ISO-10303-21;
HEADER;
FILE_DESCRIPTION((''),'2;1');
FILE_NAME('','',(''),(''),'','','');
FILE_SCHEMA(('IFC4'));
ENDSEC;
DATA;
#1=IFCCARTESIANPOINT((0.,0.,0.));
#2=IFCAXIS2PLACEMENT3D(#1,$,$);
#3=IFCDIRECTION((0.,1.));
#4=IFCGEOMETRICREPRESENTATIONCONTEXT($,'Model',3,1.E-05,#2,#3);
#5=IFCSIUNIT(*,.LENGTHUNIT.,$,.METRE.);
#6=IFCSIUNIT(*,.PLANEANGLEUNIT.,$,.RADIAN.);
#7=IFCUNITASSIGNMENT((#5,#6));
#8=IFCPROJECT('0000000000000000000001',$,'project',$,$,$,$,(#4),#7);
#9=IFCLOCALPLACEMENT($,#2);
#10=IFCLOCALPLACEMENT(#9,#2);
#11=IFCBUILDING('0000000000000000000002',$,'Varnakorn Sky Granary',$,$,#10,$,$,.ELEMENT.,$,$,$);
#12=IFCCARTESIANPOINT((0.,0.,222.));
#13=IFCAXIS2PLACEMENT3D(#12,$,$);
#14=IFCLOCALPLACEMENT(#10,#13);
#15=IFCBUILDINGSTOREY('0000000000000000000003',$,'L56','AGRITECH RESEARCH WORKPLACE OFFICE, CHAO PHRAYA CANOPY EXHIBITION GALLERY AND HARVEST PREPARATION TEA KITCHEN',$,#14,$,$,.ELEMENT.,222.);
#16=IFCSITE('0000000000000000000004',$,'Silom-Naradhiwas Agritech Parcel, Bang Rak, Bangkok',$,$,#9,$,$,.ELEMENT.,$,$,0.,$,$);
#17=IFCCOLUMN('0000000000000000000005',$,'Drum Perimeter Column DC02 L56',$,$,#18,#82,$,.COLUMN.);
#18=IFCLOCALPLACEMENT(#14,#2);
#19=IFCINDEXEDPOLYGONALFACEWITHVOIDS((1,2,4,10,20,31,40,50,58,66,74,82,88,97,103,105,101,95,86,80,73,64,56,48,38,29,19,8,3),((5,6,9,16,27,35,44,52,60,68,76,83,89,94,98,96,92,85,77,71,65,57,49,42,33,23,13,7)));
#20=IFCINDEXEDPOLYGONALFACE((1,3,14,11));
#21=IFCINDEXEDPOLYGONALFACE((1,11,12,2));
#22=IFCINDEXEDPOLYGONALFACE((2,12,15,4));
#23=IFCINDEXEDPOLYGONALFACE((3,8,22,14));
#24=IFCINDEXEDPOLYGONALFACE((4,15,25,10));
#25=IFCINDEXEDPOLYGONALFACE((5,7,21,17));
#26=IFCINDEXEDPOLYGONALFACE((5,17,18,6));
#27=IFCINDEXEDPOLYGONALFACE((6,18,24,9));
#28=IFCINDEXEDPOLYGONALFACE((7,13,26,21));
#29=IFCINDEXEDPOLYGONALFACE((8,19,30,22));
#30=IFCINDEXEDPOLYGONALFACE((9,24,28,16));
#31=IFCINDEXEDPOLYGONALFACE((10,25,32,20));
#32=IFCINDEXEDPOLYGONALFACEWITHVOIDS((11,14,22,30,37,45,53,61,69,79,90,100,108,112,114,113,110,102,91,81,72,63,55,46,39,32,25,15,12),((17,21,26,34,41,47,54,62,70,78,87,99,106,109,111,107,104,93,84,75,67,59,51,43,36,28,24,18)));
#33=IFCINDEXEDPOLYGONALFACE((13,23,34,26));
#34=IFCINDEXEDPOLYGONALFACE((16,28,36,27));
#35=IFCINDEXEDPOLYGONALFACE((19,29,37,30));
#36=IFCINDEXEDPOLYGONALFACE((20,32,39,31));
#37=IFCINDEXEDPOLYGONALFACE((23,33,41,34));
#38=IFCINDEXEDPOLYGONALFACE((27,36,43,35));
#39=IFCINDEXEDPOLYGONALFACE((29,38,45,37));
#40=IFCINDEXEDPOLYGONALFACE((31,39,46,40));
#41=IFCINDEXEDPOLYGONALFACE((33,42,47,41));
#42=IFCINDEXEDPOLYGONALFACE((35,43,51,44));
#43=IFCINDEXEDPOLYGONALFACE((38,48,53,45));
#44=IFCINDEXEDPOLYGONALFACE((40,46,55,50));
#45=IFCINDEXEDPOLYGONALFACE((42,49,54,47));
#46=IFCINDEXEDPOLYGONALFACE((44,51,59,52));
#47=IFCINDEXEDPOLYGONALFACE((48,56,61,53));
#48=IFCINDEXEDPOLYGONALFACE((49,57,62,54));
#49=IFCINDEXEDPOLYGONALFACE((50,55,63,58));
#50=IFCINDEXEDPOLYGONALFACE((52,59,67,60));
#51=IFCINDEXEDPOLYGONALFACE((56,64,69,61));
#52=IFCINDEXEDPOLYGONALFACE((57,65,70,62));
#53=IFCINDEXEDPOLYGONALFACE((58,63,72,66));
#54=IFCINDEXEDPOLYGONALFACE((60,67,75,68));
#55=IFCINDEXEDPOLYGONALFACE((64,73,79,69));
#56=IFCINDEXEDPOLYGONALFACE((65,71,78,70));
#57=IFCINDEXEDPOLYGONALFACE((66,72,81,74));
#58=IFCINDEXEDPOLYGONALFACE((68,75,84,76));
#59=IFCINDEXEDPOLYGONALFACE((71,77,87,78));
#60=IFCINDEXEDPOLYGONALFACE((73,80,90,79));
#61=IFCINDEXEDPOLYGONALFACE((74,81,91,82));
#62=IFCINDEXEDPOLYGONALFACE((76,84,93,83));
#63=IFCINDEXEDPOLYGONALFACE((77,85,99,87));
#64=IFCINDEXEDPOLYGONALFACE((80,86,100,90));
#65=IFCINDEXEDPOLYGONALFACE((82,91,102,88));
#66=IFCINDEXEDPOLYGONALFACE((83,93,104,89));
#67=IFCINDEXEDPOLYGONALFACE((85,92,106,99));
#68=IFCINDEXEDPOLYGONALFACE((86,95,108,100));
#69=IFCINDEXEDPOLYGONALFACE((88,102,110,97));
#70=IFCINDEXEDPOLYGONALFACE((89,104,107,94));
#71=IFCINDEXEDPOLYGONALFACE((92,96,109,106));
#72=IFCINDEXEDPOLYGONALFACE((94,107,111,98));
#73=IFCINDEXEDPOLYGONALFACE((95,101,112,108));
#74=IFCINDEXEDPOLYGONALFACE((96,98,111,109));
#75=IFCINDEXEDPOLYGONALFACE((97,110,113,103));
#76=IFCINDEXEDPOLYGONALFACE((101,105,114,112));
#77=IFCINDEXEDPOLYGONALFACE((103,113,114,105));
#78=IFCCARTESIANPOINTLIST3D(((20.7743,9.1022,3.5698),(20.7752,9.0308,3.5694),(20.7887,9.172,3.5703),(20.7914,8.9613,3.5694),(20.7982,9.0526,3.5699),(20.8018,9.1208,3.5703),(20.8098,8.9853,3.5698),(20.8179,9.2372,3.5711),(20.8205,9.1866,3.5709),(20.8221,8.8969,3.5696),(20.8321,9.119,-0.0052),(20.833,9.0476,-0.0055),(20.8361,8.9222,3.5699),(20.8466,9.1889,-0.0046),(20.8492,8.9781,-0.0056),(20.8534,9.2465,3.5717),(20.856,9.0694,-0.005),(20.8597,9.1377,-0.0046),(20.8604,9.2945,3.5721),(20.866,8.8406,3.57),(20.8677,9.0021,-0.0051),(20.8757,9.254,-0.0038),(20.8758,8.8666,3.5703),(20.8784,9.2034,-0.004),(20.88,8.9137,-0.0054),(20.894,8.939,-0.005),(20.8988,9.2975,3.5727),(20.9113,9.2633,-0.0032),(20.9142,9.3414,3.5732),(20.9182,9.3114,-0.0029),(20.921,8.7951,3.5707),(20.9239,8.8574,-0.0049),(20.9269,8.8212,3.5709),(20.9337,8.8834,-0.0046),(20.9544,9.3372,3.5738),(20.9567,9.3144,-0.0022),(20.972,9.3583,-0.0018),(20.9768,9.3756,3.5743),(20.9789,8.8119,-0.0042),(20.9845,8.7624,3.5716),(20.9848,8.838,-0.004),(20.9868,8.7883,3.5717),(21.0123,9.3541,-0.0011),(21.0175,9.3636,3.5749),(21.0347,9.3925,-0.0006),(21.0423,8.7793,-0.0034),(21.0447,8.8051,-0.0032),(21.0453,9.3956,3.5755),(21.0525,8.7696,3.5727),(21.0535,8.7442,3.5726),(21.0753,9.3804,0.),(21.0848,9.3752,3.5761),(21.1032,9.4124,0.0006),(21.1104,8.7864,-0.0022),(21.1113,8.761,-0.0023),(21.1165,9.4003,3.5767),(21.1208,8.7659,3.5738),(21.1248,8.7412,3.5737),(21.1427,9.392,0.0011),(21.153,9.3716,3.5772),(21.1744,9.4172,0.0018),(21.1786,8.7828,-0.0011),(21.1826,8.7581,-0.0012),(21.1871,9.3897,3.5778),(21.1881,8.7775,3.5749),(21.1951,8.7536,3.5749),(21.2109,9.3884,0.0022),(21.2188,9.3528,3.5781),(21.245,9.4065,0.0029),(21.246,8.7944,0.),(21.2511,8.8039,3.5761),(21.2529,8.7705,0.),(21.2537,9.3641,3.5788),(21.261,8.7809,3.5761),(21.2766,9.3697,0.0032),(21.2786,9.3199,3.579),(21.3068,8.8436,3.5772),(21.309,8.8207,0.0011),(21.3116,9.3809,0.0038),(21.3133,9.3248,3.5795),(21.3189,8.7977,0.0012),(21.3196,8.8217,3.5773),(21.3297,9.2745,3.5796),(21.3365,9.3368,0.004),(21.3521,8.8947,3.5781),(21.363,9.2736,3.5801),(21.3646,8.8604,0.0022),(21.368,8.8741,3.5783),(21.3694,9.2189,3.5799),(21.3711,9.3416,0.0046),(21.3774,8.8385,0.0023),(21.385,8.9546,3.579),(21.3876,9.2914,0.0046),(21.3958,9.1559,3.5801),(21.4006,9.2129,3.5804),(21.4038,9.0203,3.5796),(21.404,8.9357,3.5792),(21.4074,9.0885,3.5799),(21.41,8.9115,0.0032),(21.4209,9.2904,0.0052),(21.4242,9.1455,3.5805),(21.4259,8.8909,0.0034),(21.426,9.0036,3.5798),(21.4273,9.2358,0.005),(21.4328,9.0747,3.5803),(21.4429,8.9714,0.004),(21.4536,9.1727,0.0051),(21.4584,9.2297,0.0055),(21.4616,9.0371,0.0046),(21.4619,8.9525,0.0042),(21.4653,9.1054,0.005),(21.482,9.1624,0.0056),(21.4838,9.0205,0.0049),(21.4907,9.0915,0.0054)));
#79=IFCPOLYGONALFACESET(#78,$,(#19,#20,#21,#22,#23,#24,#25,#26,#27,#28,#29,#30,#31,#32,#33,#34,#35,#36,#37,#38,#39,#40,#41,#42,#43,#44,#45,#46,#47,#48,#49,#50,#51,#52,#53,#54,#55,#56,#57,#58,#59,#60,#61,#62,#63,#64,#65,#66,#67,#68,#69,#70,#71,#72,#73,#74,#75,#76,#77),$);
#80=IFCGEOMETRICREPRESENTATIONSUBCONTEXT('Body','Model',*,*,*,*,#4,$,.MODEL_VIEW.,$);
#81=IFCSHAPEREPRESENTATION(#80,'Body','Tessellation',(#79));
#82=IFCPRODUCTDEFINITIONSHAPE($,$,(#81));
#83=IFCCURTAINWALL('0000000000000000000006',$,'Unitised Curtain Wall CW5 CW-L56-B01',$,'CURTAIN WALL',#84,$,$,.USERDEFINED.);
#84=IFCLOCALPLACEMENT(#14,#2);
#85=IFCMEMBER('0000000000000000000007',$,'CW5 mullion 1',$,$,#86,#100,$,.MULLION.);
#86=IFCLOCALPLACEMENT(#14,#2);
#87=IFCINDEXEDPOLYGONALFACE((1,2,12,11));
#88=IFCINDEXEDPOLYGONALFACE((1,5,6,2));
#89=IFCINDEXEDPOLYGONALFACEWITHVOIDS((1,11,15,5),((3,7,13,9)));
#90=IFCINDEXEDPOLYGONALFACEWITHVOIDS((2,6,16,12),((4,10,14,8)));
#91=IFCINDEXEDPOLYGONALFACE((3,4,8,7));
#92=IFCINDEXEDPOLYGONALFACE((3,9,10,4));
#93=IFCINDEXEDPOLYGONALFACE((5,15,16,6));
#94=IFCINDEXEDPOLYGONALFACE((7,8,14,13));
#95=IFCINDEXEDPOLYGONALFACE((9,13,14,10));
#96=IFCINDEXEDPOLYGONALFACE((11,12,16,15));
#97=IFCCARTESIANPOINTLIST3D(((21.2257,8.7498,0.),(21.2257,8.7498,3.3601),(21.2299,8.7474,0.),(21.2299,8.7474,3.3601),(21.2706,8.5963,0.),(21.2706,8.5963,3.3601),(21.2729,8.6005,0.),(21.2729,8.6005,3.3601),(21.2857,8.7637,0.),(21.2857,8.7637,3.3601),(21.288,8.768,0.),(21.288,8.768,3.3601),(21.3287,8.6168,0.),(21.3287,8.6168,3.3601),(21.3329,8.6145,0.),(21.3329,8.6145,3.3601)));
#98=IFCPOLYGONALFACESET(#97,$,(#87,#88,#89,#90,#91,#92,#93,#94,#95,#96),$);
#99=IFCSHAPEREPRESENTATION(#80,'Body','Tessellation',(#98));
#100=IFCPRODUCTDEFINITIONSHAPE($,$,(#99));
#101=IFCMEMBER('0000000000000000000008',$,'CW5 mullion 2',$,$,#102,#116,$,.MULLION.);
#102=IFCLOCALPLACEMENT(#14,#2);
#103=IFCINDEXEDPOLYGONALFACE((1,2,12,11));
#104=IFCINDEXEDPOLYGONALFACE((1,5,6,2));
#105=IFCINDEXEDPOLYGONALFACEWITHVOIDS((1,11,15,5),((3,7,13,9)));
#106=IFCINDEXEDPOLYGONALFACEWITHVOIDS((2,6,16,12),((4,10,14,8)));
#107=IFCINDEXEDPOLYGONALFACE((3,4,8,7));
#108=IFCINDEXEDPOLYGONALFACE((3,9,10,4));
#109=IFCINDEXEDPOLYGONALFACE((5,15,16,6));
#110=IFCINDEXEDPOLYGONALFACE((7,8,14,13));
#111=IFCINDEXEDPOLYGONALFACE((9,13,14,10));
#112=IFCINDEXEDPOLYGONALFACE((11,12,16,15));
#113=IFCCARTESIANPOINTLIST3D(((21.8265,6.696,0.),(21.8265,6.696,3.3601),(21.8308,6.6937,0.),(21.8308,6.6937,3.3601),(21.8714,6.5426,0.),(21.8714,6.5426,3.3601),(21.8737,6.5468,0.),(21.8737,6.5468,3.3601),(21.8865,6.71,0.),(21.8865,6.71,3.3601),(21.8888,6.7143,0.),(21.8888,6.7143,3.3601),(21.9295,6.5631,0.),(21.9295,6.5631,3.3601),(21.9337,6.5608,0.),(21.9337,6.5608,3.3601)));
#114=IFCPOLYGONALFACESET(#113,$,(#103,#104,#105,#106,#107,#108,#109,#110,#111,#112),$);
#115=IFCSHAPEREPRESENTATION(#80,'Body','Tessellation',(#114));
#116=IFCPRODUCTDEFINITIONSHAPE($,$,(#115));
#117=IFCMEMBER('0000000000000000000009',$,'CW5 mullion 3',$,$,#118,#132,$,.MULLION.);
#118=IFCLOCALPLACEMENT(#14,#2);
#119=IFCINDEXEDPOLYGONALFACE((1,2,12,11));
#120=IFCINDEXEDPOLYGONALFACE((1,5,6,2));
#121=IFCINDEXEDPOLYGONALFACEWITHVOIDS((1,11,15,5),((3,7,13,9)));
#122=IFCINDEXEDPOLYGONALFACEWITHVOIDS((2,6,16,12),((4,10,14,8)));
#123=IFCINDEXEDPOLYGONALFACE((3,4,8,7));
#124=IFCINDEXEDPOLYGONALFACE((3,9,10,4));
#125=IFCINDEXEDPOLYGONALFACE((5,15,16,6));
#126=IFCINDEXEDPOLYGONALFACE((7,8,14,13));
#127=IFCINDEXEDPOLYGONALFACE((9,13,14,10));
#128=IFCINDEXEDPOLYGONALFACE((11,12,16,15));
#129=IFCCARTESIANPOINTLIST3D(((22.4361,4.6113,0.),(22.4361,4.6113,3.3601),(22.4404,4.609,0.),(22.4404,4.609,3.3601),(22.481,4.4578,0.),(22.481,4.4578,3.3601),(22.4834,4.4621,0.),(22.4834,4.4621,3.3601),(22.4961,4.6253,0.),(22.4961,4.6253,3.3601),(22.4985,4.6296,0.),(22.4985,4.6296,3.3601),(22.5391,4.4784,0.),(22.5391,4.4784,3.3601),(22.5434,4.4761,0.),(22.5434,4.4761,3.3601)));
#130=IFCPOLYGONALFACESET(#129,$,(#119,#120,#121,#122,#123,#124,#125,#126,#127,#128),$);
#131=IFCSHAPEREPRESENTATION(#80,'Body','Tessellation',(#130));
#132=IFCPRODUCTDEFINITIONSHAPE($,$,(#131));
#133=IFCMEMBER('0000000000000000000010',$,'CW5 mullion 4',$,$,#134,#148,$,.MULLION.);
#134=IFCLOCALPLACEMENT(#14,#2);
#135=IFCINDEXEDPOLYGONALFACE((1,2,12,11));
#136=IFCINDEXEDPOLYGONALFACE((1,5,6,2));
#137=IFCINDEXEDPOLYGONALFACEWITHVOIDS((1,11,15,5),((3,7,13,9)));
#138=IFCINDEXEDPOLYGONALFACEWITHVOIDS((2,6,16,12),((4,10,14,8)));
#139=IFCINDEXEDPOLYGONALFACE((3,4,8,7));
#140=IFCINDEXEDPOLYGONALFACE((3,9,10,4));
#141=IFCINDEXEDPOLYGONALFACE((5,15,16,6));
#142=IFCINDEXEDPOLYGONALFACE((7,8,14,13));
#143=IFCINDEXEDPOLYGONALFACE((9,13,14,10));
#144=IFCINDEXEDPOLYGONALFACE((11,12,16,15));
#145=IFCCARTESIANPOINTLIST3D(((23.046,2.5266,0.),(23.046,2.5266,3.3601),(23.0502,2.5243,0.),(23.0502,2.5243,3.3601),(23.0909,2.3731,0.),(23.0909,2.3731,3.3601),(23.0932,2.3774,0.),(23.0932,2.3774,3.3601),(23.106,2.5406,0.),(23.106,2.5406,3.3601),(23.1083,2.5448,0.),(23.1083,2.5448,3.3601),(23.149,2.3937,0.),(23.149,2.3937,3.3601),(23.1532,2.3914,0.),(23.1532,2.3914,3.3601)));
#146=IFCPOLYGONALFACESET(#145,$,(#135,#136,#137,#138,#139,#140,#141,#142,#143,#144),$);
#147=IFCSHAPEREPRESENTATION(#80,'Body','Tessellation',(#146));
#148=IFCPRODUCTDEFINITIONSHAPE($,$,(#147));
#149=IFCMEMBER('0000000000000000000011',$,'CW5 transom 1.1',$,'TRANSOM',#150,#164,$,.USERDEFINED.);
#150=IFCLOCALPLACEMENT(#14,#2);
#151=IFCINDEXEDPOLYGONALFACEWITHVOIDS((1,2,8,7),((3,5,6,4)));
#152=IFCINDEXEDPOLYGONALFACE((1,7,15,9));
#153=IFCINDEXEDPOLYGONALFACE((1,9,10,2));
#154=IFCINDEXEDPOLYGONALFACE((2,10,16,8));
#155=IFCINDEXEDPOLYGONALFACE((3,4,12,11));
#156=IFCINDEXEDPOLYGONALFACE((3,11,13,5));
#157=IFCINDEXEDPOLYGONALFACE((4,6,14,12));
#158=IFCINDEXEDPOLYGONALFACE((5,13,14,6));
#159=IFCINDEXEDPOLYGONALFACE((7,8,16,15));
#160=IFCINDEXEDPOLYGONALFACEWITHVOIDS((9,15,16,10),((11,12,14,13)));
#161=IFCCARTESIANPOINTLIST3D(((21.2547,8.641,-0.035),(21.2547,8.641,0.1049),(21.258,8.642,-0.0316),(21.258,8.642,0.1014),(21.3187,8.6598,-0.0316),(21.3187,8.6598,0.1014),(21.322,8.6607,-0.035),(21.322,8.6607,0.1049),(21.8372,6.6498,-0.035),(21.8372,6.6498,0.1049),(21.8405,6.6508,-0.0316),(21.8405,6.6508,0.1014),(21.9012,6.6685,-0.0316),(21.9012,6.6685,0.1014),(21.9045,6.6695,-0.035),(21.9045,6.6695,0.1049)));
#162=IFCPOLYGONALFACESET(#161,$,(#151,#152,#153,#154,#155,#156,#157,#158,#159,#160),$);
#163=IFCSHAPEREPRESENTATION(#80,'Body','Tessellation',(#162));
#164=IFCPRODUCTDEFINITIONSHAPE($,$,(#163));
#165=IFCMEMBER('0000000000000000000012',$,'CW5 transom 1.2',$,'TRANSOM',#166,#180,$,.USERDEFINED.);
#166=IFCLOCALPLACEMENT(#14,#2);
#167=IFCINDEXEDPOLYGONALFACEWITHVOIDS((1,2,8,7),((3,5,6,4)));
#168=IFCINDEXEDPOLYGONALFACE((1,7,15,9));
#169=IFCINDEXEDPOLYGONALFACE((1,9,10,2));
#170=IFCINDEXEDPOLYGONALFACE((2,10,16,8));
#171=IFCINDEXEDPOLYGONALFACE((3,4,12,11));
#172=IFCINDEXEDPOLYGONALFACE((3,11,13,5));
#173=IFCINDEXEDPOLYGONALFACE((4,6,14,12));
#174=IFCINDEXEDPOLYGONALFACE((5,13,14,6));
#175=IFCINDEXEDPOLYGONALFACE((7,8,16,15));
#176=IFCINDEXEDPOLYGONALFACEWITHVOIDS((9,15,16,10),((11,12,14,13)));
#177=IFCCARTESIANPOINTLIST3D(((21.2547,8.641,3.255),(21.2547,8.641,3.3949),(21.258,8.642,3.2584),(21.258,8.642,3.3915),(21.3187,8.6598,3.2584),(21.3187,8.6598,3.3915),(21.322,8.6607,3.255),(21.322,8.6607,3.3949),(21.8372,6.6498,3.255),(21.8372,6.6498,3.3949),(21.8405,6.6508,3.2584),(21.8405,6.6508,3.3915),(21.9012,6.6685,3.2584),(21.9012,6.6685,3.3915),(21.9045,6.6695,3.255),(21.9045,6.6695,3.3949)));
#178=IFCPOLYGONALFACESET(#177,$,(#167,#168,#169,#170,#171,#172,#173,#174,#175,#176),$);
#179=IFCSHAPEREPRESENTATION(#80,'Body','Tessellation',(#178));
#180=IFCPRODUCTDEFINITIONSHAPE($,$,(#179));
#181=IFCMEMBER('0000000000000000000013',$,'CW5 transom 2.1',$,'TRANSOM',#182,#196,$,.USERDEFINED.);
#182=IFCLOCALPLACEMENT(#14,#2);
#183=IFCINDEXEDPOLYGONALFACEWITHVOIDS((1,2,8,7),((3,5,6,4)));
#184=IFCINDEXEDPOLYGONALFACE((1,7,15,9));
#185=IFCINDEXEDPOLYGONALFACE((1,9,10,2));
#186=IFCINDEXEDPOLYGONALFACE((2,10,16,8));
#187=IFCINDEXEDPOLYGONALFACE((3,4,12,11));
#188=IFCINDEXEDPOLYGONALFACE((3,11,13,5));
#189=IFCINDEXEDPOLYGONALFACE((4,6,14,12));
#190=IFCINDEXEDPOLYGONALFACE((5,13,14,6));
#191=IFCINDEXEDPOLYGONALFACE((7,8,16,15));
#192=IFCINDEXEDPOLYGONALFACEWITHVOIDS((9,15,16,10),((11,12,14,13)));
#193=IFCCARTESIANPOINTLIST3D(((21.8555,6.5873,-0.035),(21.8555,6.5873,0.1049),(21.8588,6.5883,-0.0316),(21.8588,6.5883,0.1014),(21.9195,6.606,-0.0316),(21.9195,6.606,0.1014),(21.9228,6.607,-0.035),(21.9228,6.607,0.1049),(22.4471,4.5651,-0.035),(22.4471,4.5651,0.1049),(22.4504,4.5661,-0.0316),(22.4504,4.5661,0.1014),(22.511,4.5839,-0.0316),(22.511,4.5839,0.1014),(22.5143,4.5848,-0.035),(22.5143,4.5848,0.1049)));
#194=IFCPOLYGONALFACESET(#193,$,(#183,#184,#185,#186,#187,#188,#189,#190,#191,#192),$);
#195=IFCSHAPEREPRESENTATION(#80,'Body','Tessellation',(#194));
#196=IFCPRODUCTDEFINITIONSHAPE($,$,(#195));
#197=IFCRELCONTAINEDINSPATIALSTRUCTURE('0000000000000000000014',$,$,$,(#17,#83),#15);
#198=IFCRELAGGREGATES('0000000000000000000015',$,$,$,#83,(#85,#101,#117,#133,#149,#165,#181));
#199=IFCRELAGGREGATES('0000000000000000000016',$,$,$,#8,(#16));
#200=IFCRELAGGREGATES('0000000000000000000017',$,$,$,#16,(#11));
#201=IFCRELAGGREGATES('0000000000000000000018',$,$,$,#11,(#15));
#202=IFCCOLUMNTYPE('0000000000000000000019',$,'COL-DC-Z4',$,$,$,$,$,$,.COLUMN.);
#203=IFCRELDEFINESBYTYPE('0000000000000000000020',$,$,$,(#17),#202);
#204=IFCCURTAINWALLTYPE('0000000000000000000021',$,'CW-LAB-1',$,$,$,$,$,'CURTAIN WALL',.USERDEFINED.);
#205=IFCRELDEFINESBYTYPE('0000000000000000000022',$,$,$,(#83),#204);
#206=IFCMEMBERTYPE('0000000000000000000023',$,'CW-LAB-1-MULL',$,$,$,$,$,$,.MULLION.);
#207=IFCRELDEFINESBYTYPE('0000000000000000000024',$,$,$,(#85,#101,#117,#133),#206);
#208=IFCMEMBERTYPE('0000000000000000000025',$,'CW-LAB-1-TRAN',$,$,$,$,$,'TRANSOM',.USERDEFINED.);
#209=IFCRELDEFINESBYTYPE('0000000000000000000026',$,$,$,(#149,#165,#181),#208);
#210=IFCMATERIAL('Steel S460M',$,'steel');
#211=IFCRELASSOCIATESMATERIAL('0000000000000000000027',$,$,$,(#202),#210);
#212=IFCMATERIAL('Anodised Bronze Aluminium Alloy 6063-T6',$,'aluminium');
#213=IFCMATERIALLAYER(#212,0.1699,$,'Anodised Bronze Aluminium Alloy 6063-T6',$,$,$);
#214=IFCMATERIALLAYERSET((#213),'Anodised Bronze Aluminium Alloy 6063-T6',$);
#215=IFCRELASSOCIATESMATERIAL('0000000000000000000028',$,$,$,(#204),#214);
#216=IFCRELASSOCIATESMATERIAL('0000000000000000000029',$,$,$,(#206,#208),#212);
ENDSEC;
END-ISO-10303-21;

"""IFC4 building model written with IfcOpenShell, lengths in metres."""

from ifc_helpers import new_model, si_unit, direction, frame, origin, origin_2d, place, context, subcontext, project, spatial, hollow_rectangle, hollow_circle, extrude, material, layer, layer_set, material_profile, profile_set, type_object, element, aggregate, save


model = new_model("IFC4")

# Units and contexts
model_context = context("Model", 3, precision=1e-05, world=origin(), true_north=direction((0.0, 1.0)))
body_context = subcontext(model_context, "Body", "Model", "MODEL_VIEW")
ifc_project = project(units=[si_unit("LENGTHUNIT", "METRE"), si_unit("PLANEANGLEUNIT", "RADIAN")], contexts=[model_context])

# Site, building, storey
site_placement = place(None, origin())
site = spatial("IfcSite", under=ifc_project, at=site_placement, Name="Silom-Naradhiwas Agritech Parcel, Bang Rak, Bangkok", CompositionType="ELEMENT", RefElevation=0.0)
building_placement = place(site_placement, origin())
building = spatial("IfcBuilding", under=site, at=building_placement, Name="Varnakorn Sky Granary", CompositionType="ELEMENT")
storey_placement = place(building_placement, frame((0.0, 0.0, 222.0)))
storey = spatial("IfcBuildingStorey", under=building, at=storey_placement, Name="L56", Description="AGRITECH RESEARCH WORKPLACE OFFICE, CHAO PHRAYA CANOPY EXHIBITION GALLERY AND HARVEST PREPARATION TEA KITCHEN", CompositionType="ELEMENT", Elevation=222.0)

# Column
ifc_material_1 = material(Name="Steel S460M", Category="steel")
ifc_material_profile_1 = material_profile(ifc_material_1, hollow_circle(Radius=0.3301, WallThickness=0.0249, at=origin_2d()), Name="CHS 660x25")
ifc_profile_set_1 = profile_set([ifc_material_profile_1], Name="Steel S460M")
column_type = type_object("IfcColumnType", Name="COL-DC-Z4", PredefinedType="COLUMN", material=ifc_profile_set_1)
column_placement = place(storey_placement, frame((21.1606, 9.0874, 0.0), z_axis=(-0.016183, -0.004711, 0.999858), x_axis=(0.279533, -0.960136, 0.0)))
element("IfcColumn", 1, at=column_placement, inside=storey, type_object=column_type, Name="Drum Perimeter Column DC02 L56", PredefinedType="COLUMN", context=body_context, shape_type="SweptSolid", body=[
    extrude(hollow_circle(Radius=0.3301, WallThickness=0.0249, at=origin_2d()), origin(), (0.0, 0.0, 1.0), 3.5754),
])

# Curtain wall, members
ifc_material_2 = material(Name="Anodised Bronze Aluminium Alloy 6063-T6", Category="aluminium")
ifc_layer_1 = layer(ifc_material_2, 0.1699, Name="Anodised Bronze Aluminium Alloy 6063-T6")
ifc_layer_set_1 = layer_set([ifc_layer_1], Name="Anodised Bronze Aluminium Alloy 6063-T6")
curtain_wall_type = type_object("IfcCurtainWallType", Name="CW-LAB-1", ElementType="CURTAIN WALL", PredefinedType="USERDEFINED", material=ifc_layer_set_1)
curtain_wall_placement = place(storey_placement, origin())
curtain_wall = element("IfcCurtainWall", 2, at=curtain_wall_placement, inside=storey, type_object=curtain_wall_type, Name="Unitised Curtain Wall CW5 CW-L56-B01", ObjectType="CURTAIN WALL", PredefinedType="USERDEFINED")
ifc_material_profile_2 = material_profile(ifc_material_2, hollow_rectangle(XDim=0.0649, YDim=0.1599, WallThickness=0.0034, at=origin_2d()), Name="ALU MULL 65x160")
ifc_profile_set_2 = profile_set([ifc_material_profile_2], Name="Anodised Bronze Aluminium Alloy 6063-T6")
member_type_1 = type_object("IfcMemberType", Name="CW-LAB-1-MULL", PredefinedType="MULLION", material=ifc_profile_set_2)
member_1_placement = place(storey_placement, frame((21.2793, 8.6821, 0.0), z_axis=(0.0, 0.0, 1.0), x_axis=(0.959779, 0.280755, 0.0)))
member_1 = element("IfcMember", 3, at=member_1_placement, type_object=member_type_1, Name="CW5 mullion 1", PredefinedType="MULLION", context=body_context, shape_type="SweptSolid", body=[
    extrude(hollow_rectangle(XDim=0.0649, YDim=0.1599, WallThickness=0.0034, at=origin_2d()), origin(), (0.0, 0.0, 1.0), 3.3601),
])
member_2_placement = place(storey_placement, frame((21.8801, 6.6284, 0.0), z_axis=(0.0, 0.0, 1.0), x_axis=(0.959779, 0.280755, 0.0)))
member_2 = element("IfcMember", 4, at=member_2_placement, type_object=member_type_1, Name="CW5 mullion 2", PredefinedType="MULLION", context=body_context, shape_type="SweptSolid", body=[
    extrude(hollow_rectangle(XDim=0.0649, YDim=0.1599, WallThickness=0.0034, at=origin_2d()), origin(), (0.0, 0.0, 1.0), 3.3601),
])
member_3_placement = place(storey_placement, frame((22.4897, 4.5437, 0.0), z_axis=(0.0, 0.0, 1.0), x_axis=(0.959779, 0.280755, 0.0)))
member_3 = element("IfcMember", 5, at=member_3_placement, type_object=member_type_1, Name="CW5 mullion 3", PredefinedType="MULLION", context=body_context, shape_type="SweptSolid", body=[
    extrude(hollow_rectangle(XDim=0.0649, YDim=0.1599, WallThickness=0.0034, at=origin_2d()), origin(), (0.0, 0.0, 1.0), 3.3601),
])
member_4_placement = place(storey_placement, frame((23.0996, 2.459, 0.0), z_axis=(0.0, 0.0, 1.0), x_axis=(0.959779, 0.280755, 0.0)))
member_4 = element("IfcMember", 6, at=member_4_placement, type_object=member_type_1, Name="CW5 mullion 4", PredefinedType="MULLION", context=body_context, shape_type="SweptSolid", body=[
    extrude(hollow_rectangle(XDim=0.0649, YDim=0.1599, WallThickness=0.0034, at=origin_2d()), origin(), (0.0, 0.0, 1.0), 3.3601),
])
ifc_material_profile_3 = material_profile(ifc_material_2, hollow_rectangle(XDim=0.0701, YDim=0.1399, WallThickness=0.0034, at=origin_2d()), Name="ALU TRAN 70x140")
ifc_profile_set_3 = profile_set([ifc_material_profile_3], Name="Anodised Bronze Aluminium Alloy 6063-T6")
member_type_2 = type_object("IfcMemberType", Name="CW-LAB-1-TRAN", ElementType="TRANSOM", PredefinedType="USERDEFINED", material=ifc_profile_set_3)
member_5_placement = place(storey_placement, frame((21.2883, 8.6509, 0.0349), z_axis=(0.280777, -0.959773, 0.0), x_axis=(0.959773, 0.280777, 0.0)))
member_5 = element("IfcMember", 7, at=member_5_placement, type_object=member_type_2, Name="CW5 transom 1.1", ObjectType="TRANSOM", PredefinedType="USERDEFINED", context=body_context, shape_type="SweptSolid", body=[
    extrude(hollow_rectangle(XDim=0.0701, YDim=0.1399, WallThickness=0.0034, at=origin_2d()), origin(), (0.0, 0.0, 1.0), 2.0747),
])
member_6_placement = place(storey_placement, frame((21.2883, 8.6509, 3.325), z_axis=(0.280777, -0.959773, 0.0), x_axis=(0.959773, 0.280777, 0.0)))
member_6 = element("IfcMember", 8, at=member_6_placement, type_object=member_type_2, Name="CW5 transom 1.2", ObjectType="TRANSOM", PredefinedType="USERDEFINED", context=body_context, shape_type="SweptSolid", body=[
    extrude(hollow_rectangle(XDim=0.0701, YDim=0.1399, WallThickness=0.0034, at=origin_2d()), origin(), (0.0, 0.0, 1.0), 2.0747),
])
member_7_placement = place(storey_placement, frame((21.8892, 6.5972, 0.0349), z_axis=(0.280761, -0.959778, 0.0), x_axis=(0.959778, 0.280761, 0.0)))
member_7 = element("IfcMember", 9, at=member_7_placement, type_object=member_type_2, Name="CW5 transom 2.1", ObjectType="TRANSOM", PredefinedType="USERDEFINED", context=body_context, shape_type="SweptSolid", body=[
    extrude(hollow_rectangle(XDim=0.0701, YDim=0.1399, WallThickness=0.0034, at=origin_2d()), origin(), (0.0, 0.0, 1.0), 2.1069),
])

aggregate(curtain_wall, [member_1, member_2, member_3, member_4, member_5, member_6, member_7])

save(model, "model.ifc")
